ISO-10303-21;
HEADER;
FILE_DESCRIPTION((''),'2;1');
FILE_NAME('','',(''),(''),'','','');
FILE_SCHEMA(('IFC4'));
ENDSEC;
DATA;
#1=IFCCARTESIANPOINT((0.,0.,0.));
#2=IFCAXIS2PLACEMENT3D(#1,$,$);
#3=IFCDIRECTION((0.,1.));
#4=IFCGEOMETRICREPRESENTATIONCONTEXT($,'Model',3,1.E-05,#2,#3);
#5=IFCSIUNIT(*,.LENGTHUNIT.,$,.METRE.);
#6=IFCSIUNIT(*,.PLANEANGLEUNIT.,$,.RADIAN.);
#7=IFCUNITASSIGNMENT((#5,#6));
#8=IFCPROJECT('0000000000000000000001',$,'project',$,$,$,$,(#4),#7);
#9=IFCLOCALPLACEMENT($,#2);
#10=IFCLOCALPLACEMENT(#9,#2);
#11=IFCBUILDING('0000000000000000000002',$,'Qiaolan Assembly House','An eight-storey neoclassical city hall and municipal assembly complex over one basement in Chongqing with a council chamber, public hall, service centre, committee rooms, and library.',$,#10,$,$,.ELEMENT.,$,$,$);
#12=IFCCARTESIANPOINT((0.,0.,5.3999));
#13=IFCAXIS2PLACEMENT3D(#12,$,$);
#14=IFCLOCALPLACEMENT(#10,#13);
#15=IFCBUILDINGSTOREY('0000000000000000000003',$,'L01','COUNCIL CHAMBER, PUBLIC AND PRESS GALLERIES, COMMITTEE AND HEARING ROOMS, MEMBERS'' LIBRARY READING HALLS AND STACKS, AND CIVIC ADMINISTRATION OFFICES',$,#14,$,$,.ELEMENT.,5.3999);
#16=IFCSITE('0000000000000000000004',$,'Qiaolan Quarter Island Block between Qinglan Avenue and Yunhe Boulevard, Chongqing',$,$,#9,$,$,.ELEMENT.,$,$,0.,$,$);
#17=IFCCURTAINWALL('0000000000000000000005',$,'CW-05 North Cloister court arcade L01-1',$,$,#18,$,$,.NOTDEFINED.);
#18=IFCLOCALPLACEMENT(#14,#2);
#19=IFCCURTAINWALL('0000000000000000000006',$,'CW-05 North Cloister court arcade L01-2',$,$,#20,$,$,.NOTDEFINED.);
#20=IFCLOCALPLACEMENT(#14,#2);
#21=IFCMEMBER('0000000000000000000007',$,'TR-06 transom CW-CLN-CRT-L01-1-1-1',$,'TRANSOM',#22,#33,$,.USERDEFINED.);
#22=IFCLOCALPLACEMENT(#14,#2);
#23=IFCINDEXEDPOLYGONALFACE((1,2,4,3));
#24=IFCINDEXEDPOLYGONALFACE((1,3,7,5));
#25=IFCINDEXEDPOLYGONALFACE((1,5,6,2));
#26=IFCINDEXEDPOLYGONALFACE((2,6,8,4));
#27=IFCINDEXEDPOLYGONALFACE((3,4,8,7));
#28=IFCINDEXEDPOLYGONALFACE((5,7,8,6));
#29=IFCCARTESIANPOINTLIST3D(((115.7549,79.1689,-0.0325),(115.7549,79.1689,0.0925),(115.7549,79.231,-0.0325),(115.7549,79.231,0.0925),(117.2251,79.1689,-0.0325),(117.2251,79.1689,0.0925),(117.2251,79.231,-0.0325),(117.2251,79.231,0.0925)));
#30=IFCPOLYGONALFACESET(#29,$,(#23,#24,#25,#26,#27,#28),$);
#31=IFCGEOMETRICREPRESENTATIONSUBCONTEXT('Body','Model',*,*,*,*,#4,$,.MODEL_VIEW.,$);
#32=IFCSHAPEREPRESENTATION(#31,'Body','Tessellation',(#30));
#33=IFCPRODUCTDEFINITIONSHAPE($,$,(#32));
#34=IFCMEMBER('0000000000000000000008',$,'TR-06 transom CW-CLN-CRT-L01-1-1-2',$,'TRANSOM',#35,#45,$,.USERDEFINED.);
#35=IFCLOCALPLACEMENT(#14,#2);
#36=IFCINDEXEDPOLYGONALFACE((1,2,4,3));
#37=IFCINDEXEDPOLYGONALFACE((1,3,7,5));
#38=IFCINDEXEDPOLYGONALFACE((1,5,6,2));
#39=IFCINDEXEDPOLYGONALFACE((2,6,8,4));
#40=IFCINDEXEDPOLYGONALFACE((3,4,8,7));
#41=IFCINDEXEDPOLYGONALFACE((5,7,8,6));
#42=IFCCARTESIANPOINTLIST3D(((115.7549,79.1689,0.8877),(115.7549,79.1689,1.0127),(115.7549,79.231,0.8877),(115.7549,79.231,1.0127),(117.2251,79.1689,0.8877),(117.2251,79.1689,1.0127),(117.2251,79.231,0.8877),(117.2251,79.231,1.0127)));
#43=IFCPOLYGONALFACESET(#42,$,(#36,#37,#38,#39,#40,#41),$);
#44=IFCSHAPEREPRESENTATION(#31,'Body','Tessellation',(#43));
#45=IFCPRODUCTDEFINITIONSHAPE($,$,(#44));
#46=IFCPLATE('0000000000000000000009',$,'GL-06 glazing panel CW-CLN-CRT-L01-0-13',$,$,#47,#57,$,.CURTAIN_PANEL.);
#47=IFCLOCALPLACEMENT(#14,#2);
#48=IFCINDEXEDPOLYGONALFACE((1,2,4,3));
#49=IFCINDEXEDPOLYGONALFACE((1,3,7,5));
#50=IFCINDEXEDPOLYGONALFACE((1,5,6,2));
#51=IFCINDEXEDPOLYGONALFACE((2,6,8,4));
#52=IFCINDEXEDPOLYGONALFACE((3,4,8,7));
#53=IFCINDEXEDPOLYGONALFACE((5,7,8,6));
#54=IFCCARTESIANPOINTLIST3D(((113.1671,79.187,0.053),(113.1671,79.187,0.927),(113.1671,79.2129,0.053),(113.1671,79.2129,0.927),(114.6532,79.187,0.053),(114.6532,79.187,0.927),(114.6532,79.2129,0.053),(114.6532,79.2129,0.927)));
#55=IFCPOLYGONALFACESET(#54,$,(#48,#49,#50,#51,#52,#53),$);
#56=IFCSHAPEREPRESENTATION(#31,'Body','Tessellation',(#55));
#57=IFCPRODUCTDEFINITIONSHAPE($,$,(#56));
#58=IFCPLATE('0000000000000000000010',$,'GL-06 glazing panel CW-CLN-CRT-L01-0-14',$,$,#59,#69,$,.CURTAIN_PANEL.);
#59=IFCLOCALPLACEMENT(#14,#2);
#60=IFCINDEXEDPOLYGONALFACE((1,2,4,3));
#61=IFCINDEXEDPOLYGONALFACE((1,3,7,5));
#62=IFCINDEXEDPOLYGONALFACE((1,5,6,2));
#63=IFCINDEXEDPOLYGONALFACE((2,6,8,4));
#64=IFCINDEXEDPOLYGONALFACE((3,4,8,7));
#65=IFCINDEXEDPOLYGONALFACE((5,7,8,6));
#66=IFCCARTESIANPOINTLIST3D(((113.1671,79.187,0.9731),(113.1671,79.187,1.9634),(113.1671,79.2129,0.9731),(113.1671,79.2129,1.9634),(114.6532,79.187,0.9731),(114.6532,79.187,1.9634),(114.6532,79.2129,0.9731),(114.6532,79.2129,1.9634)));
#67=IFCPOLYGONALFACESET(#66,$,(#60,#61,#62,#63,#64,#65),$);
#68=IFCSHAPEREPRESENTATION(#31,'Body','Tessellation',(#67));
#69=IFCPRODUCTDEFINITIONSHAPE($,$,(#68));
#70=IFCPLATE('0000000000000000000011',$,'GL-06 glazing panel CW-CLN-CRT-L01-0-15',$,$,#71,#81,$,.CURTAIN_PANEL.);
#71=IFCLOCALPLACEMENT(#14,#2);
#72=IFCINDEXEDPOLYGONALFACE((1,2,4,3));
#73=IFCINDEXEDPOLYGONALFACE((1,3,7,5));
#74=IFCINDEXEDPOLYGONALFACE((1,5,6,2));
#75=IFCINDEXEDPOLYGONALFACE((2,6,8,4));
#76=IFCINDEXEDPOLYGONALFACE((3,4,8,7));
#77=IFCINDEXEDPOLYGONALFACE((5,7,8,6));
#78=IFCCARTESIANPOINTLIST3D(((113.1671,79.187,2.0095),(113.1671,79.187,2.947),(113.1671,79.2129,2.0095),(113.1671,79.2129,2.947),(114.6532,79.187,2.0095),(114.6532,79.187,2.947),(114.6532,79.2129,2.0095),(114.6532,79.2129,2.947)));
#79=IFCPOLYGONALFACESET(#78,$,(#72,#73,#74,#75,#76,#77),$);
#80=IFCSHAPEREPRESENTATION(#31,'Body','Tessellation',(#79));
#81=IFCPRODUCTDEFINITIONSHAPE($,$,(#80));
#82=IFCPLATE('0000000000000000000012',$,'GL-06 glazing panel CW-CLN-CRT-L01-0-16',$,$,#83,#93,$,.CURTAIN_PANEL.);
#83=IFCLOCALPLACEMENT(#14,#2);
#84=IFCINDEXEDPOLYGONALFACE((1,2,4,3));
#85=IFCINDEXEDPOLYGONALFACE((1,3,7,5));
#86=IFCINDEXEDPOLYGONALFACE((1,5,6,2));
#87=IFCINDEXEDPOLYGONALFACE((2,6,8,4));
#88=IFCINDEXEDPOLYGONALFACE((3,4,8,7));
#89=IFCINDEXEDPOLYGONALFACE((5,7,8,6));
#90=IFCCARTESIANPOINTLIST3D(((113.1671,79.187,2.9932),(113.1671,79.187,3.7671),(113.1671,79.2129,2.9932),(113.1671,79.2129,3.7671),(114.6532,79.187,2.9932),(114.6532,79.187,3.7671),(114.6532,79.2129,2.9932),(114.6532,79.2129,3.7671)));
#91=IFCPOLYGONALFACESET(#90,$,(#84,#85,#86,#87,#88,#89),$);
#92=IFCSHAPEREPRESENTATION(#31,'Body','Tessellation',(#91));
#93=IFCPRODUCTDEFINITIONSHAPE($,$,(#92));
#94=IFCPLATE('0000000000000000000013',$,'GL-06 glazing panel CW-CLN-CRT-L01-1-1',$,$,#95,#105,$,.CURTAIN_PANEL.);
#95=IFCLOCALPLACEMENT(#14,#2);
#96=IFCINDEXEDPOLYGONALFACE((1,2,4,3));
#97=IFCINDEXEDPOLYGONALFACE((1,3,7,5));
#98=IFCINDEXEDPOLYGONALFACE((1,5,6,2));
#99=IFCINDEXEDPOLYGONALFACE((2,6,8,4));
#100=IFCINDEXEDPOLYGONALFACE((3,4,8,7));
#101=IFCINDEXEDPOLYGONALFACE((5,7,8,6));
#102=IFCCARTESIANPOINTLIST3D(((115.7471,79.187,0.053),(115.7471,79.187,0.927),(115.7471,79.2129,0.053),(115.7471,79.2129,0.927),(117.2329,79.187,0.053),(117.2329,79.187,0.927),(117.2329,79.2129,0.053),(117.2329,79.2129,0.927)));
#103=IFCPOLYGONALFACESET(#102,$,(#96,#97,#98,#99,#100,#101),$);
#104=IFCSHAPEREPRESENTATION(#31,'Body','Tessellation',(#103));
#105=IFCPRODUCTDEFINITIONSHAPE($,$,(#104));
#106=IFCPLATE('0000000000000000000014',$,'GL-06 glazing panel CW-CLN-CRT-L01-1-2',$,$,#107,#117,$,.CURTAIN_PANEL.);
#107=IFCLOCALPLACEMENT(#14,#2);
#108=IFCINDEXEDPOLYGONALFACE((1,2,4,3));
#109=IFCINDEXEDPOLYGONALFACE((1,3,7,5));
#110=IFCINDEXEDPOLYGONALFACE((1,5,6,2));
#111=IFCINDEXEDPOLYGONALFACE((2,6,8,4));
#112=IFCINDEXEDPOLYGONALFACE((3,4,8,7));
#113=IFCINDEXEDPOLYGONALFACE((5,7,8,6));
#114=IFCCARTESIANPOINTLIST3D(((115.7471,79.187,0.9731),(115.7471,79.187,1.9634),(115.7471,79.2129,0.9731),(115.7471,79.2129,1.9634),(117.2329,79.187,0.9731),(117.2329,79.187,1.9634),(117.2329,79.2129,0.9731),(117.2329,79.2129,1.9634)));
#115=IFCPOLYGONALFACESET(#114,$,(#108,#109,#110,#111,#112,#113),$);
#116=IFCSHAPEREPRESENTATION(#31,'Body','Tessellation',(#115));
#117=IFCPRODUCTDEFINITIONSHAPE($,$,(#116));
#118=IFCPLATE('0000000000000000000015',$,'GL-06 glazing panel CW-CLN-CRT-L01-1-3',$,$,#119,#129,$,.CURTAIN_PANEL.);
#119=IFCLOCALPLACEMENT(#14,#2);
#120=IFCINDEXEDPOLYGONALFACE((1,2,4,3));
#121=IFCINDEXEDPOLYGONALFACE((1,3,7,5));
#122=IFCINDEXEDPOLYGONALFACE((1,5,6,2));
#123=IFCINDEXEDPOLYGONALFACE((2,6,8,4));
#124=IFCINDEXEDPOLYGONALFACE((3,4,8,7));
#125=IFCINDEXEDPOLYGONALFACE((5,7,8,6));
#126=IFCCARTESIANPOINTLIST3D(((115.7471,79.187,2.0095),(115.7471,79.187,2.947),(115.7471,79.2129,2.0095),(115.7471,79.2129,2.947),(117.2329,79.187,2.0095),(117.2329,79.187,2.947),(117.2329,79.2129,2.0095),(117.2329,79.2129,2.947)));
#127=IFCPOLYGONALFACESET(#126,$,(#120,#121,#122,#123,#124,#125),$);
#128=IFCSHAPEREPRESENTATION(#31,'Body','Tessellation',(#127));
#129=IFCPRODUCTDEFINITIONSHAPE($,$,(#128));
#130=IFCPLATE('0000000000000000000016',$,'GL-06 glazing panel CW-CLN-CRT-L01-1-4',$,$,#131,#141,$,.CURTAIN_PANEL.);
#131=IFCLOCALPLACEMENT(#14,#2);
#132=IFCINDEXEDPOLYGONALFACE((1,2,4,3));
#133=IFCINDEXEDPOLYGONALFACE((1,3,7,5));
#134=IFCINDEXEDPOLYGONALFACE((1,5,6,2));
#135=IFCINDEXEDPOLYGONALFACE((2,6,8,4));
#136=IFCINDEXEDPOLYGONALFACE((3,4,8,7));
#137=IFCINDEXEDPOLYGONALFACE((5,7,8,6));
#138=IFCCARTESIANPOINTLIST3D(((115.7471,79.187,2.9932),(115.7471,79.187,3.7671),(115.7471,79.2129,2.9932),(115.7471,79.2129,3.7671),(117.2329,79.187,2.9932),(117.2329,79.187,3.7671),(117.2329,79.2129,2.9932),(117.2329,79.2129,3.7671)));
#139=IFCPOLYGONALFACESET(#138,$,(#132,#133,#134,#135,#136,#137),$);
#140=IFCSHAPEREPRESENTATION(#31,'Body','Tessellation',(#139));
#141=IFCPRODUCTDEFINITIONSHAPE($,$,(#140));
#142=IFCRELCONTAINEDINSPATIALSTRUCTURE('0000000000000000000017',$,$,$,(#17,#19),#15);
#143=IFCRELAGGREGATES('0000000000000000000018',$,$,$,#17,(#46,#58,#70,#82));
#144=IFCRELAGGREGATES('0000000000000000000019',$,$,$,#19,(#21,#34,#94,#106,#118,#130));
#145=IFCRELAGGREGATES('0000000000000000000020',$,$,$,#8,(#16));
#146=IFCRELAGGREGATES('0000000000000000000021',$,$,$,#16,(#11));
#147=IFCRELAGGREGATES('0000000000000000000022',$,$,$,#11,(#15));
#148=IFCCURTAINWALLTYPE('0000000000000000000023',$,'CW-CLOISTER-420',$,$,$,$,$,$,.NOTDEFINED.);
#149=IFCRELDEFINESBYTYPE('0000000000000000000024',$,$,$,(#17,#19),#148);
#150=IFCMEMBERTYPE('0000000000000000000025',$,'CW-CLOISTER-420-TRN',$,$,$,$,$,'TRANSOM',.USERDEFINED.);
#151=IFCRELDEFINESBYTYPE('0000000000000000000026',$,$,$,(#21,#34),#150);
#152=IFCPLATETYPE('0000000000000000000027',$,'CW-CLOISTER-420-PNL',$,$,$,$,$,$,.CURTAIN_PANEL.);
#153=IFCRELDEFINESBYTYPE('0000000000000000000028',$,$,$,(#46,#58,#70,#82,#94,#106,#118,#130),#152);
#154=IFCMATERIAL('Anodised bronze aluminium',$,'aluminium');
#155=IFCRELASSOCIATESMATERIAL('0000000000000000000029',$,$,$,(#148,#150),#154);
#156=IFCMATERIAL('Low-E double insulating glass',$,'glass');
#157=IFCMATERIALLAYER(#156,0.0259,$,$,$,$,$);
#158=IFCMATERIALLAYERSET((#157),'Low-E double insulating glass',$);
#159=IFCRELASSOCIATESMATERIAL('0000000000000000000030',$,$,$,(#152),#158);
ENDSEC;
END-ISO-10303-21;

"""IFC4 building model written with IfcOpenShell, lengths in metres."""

from ifc_helpers import new_model, si_unit, direction, frame, frame_2d, origin, origin_2d, place, context, subcontext, project, spatial, rectangle, extrude, material, layer, layer_set, material_profile, profile_set, type_object, element, aggregate, save


model = new_model("IFC4")

# Units and contexts
model_context = context("Model", 3, precision=1e-05, world=origin(), true_north=direction((0.0, 1.0)))
body_context = subcontext(model_context, "Body", "Model", "MODEL_VIEW")
ifc_project = project(units=[si_unit("LENGTHUNIT", "METRE"), si_unit("PLANEANGLEUNIT", "RADIAN")], contexts=[model_context])

# Site, building, storey
site_placement = place(None, origin())
site = spatial("IfcSite", under=ifc_project, at=site_placement, Name="Qiaolan Quarter Island Block between Qinglan Avenue and Yunhe Boulevard, Chongqing", CompositionType="ELEMENT", RefElevation=0.0)
building_placement = place(site_placement, origin())
building = spatial("IfcBuilding", under=site, at=building_placement, Name="Qiaolan Assembly House", Description="An eight-storey neoclassical city hall and municipal assembly complex over one basement in Chongqing with a council chamber, public hall, service centre, committee rooms, and library.", CompositionType="ELEMENT")
storey_placement = place(building_placement, frame((0.0, 0.0, 5.3999)))
storey = spatial("IfcBuildingStorey", under=building, at=storey_placement, Name="L01", Description="COUNCIL CHAMBER, PUBLIC AND PRESS GALLERIES, COMMITTEE AND HEARING ROOMS, MEMBERS' LIBRARY READING HALLS AND STACKS, AND CIVIC ADMINISTRATION OFFICES", CompositionType="ELEMENT", Elevation=5.3999)

# Curtain wall
ifc_material_1 = material(Name="Anodised bronze aluminium", Category="aluminium")
curtain_wall_type = type_object("IfcCurtainWallType", Name="CW-CLOISTER-420", PredefinedType="NOTDEFINED", material=ifc_material_1)
curtain_wall_1_placement = place(storey_placement, origin())
curtain_wall_1 = element("IfcCurtainWall", 1, at=curtain_wall_1_placement, inside=storey, type_object=curtain_wall_type, Name="CW-05 North Cloister court arcade L01-1", PredefinedType="NOTDEFINED")

# Curtain wall
curtain_wall_2_placement = place(storey_placement, origin())
curtain_wall_2 = element("IfcCurtainWall", 2, at=curtain_wall_2_placement, inside=storey, type_object=curtain_wall_type, Name="CW-05 North Cloister court arcade L01-2", PredefinedType="NOTDEFINED")

# Members
ifc_material_profile_1 = material_profile(ifc_material_1, rectangle(XDim=0.062, YDim=0.125, at=origin_2d()), Name="TRN 62x125")
ifc_profile_set_1 = profile_set([ifc_material_profile_1], Name="Anodised bronze aluminium")
member_type_1 = type_object("IfcMemberType", Name="CW-CLOISTER-420-TRN", ElementType="TRANSOM", PredefinedType="USERDEFINED", material=ifc_profile_set_1)
member_1_placement = place(storey_placement, frame((115.7549, 79.2, 0.03), z_axis=(1.0, 0.0, 0.0), x_axis=(0.0, 1.0, 0.0)))
member_1 = element("IfcMember", 3, at=member_1_placement, type_object=member_type_1, Name="TR-06 transom CW-CLN-CRT-L01-1-1-1", ObjectType="TRANSOM", PredefinedType="USERDEFINED", context=body_context, shape_type="SweptSolid", body=[
    extrude(rectangle(XDim=0.062, YDim=0.125, at=origin_2d()), origin(), (0.0, 0.0, 1.0), 1.4702),
])
member_2_placement = place(storey_placement, frame((115.7549, 79.2, 0.9502), z_axis=(1.0, 0.0, 0.0), x_axis=(0.0, 1.0, 0.0)))
member_2 = element("IfcMember", 4, at=member_2_placement, type_object=member_type_1, Name="TR-06 transom CW-CLN-CRT-L01-1-1-2", ObjectType="TRANSOM", PredefinedType="USERDEFINED", context=body_context, shape_type="SweptSolid", body=[
    extrude(rectangle(XDim=0.062, YDim=0.125, at=origin_2d()), origin(), (0.0, 0.0, 1.0), 1.4702),
])

# Plates
ifc_material_2 = material(Name="Low-E double insulating glass", Category="glass")
ifc_layer = layer(ifc_material_2, 0.0259)
ifc_layer_set = layer_set([ifc_layer], Name="Low-E double insulating glass")
plate_type = type_object("IfcPlateType", Name="CW-CLOISTER-420-PNL", PredefinedType="CURTAIN_PANEL", material=ifc_layer_set)
plate_1_placement = place(storey_placement, frame((113.167, 79.2, 0.053), z_axis=(0.0, 0.0, 1.0), x_axis=(1.0, 0.0, 0.0)))
plate_1 = element("IfcPlate", 5, at=plate_1_placement, type_object=plate_type, Name="GL-06 glazing panel CW-CLN-CRT-L01-0-13", PredefinedType="CURTAIN_PANEL", context=body_context, shape_type="SweptSolid", body=[
    extrude(rectangle(XDim=1.4861, YDim=0.0259, at=frame_2d((0.7432, 0.0))), origin(), (0.0, 0.0, 1.0), 0.874),
])
plate_2_placement = place(storey_placement, frame((113.167, 79.2, 0.9731), z_axis=(0.0, 0.0, 1.0), x_axis=(1.0, 0.0, 0.0)))
plate_2 = element("IfcPlate", 6, at=plate_2_placement, type_object=plate_type, Name="GL-06 glazing panel CW-CLN-CRT-L01-0-14", PredefinedType="CURTAIN_PANEL", context=body_context, shape_type="SweptSolid", body=[
    extrude(rectangle(XDim=1.4861, YDim=0.0259, at=frame_2d((0.7432, 0.0))), origin(), (0.0, 0.0, 1.0), 0.9902),
])
plate_3_placement = place(storey_placement, frame((113.167, 79.2, 2.0095), z_axis=(0.0, 0.0, 1.0), x_axis=(1.0, 0.0, 0.0)))
plate_3 = element("IfcPlate", 7, at=plate_3_placement, type_object=plate_type, Name="GL-06 glazing panel CW-CLN-CRT-L01-0-15", PredefinedType="CURTAIN_PANEL", context=body_context, shape_type="SweptSolid", body=[
    extrude(rectangle(XDim=1.4861, YDim=0.0259, at=frame_2d((0.7432, 0.0))), origin(), (0.0, 0.0, 1.0), 0.9375),
])
plate_4_placement = place(storey_placement, frame((113.167, 79.2, 2.9932), z_axis=(0.0, 0.0, 1.0), x_axis=(1.0, 0.0, 0.0)))
plate_4 = element("IfcPlate", 8, at=plate_4_placement, type_object=plate_type, Name="GL-06 glazing panel CW-CLN-CRT-L01-0-16", PredefinedType="CURTAIN_PANEL", context=body_context, shape_type="SweptSolid", body=[
    extrude(rectangle(XDim=1.4861, YDim=0.0259, at=frame_2d((0.7432, 0.0))), origin(), (0.0, 0.0, 1.0), 0.7739),
])
aggregate(curtain_wall_1, [plate_1, plate_2, plate_3, plate_4])
plate_5_placement = place(storey_placement, frame((115.7471, 79.2, 0.053), z_axis=(0.0, 0.0, 1.0), x_axis=(1.0, 0.0, 0.0)))
plate_5 = element("IfcPlate", 9, at=plate_5_placement, type_object=plate_type, Name="GL-06 glazing panel CW-CLN-CRT-L01-1-1", PredefinedType="CURTAIN_PANEL", context=body_context, shape_type="SweptSolid", body=[
    extrude(rectangle(XDim=1.4858, YDim=0.0259, at=frame_2d((0.7429, 0.0))), origin(), (0.0, 0.0, 1.0), 0.874),
])
plate_6_placement = place(storey_placement, frame((115.7471, 79.2, 0.9731), z_axis=(0.0, 0.0, 1.0), x_axis=(1.0, 0.0, 0.0)))
plate_6 = element("IfcPlate", 10, at=plate_6_placement, type_object=plate_type, Name="GL-06 glazing panel CW-CLN-CRT-L01-1-2", PredefinedType="CURTAIN_PANEL", context=body_context, shape_type="SweptSolid", body=[
    extrude(rectangle(XDim=1.4858, YDim=0.0259, at=frame_2d((0.7429, 0.0))), origin(), (0.0, 0.0, 1.0), 0.9902),
])
plate_7_placement = place(storey_placement, frame((115.7471, 79.2, 2.0095), z_axis=(0.0, 0.0, 1.0), x_axis=(1.0, 0.0, 0.0)))
plate_7 = element("IfcPlate", 11, at=plate_7_placement, type_object=plate_type, Name="GL-06 glazing panel CW-CLN-CRT-L01-1-3", PredefinedType="CURTAIN_PANEL", context=body_context, shape_type="SweptSolid", body=[
    extrude(rectangle(XDim=1.4858, YDim=0.0259, at=frame_2d((0.7429, 0.0))), origin(), (0.0, 0.0, 1.0), 0.9375),
])
plate_8_placement = place(storey_placement, frame((115.7471, 79.2, 2.9932), z_axis=(0.0, 0.0, 1.0), x_axis=(1.0, 0.0, 0.0)))
plate_8 = element("IfcPlate", 12, at=plate_8_placement, type_object=plate_type, Name="GL-06 glazing panel CW-CLN-CRT-L01-1-4", PredefinedType="CURTAIN_PANEL", context=body_context, shape_type="SweptSolid", body=[
    extrude(rectangle(XDim=1.4858, YDim=0.0259, at=frame_2d((0.7429, 0.0))), origin(), (0.0, 0.0, 1.0), 0.7739),
])
aggregate(curtain_wall_2, [member_1, member_2, plate_5, plate_6, plate_7, plate_8])

save(model, "model.ifc")
